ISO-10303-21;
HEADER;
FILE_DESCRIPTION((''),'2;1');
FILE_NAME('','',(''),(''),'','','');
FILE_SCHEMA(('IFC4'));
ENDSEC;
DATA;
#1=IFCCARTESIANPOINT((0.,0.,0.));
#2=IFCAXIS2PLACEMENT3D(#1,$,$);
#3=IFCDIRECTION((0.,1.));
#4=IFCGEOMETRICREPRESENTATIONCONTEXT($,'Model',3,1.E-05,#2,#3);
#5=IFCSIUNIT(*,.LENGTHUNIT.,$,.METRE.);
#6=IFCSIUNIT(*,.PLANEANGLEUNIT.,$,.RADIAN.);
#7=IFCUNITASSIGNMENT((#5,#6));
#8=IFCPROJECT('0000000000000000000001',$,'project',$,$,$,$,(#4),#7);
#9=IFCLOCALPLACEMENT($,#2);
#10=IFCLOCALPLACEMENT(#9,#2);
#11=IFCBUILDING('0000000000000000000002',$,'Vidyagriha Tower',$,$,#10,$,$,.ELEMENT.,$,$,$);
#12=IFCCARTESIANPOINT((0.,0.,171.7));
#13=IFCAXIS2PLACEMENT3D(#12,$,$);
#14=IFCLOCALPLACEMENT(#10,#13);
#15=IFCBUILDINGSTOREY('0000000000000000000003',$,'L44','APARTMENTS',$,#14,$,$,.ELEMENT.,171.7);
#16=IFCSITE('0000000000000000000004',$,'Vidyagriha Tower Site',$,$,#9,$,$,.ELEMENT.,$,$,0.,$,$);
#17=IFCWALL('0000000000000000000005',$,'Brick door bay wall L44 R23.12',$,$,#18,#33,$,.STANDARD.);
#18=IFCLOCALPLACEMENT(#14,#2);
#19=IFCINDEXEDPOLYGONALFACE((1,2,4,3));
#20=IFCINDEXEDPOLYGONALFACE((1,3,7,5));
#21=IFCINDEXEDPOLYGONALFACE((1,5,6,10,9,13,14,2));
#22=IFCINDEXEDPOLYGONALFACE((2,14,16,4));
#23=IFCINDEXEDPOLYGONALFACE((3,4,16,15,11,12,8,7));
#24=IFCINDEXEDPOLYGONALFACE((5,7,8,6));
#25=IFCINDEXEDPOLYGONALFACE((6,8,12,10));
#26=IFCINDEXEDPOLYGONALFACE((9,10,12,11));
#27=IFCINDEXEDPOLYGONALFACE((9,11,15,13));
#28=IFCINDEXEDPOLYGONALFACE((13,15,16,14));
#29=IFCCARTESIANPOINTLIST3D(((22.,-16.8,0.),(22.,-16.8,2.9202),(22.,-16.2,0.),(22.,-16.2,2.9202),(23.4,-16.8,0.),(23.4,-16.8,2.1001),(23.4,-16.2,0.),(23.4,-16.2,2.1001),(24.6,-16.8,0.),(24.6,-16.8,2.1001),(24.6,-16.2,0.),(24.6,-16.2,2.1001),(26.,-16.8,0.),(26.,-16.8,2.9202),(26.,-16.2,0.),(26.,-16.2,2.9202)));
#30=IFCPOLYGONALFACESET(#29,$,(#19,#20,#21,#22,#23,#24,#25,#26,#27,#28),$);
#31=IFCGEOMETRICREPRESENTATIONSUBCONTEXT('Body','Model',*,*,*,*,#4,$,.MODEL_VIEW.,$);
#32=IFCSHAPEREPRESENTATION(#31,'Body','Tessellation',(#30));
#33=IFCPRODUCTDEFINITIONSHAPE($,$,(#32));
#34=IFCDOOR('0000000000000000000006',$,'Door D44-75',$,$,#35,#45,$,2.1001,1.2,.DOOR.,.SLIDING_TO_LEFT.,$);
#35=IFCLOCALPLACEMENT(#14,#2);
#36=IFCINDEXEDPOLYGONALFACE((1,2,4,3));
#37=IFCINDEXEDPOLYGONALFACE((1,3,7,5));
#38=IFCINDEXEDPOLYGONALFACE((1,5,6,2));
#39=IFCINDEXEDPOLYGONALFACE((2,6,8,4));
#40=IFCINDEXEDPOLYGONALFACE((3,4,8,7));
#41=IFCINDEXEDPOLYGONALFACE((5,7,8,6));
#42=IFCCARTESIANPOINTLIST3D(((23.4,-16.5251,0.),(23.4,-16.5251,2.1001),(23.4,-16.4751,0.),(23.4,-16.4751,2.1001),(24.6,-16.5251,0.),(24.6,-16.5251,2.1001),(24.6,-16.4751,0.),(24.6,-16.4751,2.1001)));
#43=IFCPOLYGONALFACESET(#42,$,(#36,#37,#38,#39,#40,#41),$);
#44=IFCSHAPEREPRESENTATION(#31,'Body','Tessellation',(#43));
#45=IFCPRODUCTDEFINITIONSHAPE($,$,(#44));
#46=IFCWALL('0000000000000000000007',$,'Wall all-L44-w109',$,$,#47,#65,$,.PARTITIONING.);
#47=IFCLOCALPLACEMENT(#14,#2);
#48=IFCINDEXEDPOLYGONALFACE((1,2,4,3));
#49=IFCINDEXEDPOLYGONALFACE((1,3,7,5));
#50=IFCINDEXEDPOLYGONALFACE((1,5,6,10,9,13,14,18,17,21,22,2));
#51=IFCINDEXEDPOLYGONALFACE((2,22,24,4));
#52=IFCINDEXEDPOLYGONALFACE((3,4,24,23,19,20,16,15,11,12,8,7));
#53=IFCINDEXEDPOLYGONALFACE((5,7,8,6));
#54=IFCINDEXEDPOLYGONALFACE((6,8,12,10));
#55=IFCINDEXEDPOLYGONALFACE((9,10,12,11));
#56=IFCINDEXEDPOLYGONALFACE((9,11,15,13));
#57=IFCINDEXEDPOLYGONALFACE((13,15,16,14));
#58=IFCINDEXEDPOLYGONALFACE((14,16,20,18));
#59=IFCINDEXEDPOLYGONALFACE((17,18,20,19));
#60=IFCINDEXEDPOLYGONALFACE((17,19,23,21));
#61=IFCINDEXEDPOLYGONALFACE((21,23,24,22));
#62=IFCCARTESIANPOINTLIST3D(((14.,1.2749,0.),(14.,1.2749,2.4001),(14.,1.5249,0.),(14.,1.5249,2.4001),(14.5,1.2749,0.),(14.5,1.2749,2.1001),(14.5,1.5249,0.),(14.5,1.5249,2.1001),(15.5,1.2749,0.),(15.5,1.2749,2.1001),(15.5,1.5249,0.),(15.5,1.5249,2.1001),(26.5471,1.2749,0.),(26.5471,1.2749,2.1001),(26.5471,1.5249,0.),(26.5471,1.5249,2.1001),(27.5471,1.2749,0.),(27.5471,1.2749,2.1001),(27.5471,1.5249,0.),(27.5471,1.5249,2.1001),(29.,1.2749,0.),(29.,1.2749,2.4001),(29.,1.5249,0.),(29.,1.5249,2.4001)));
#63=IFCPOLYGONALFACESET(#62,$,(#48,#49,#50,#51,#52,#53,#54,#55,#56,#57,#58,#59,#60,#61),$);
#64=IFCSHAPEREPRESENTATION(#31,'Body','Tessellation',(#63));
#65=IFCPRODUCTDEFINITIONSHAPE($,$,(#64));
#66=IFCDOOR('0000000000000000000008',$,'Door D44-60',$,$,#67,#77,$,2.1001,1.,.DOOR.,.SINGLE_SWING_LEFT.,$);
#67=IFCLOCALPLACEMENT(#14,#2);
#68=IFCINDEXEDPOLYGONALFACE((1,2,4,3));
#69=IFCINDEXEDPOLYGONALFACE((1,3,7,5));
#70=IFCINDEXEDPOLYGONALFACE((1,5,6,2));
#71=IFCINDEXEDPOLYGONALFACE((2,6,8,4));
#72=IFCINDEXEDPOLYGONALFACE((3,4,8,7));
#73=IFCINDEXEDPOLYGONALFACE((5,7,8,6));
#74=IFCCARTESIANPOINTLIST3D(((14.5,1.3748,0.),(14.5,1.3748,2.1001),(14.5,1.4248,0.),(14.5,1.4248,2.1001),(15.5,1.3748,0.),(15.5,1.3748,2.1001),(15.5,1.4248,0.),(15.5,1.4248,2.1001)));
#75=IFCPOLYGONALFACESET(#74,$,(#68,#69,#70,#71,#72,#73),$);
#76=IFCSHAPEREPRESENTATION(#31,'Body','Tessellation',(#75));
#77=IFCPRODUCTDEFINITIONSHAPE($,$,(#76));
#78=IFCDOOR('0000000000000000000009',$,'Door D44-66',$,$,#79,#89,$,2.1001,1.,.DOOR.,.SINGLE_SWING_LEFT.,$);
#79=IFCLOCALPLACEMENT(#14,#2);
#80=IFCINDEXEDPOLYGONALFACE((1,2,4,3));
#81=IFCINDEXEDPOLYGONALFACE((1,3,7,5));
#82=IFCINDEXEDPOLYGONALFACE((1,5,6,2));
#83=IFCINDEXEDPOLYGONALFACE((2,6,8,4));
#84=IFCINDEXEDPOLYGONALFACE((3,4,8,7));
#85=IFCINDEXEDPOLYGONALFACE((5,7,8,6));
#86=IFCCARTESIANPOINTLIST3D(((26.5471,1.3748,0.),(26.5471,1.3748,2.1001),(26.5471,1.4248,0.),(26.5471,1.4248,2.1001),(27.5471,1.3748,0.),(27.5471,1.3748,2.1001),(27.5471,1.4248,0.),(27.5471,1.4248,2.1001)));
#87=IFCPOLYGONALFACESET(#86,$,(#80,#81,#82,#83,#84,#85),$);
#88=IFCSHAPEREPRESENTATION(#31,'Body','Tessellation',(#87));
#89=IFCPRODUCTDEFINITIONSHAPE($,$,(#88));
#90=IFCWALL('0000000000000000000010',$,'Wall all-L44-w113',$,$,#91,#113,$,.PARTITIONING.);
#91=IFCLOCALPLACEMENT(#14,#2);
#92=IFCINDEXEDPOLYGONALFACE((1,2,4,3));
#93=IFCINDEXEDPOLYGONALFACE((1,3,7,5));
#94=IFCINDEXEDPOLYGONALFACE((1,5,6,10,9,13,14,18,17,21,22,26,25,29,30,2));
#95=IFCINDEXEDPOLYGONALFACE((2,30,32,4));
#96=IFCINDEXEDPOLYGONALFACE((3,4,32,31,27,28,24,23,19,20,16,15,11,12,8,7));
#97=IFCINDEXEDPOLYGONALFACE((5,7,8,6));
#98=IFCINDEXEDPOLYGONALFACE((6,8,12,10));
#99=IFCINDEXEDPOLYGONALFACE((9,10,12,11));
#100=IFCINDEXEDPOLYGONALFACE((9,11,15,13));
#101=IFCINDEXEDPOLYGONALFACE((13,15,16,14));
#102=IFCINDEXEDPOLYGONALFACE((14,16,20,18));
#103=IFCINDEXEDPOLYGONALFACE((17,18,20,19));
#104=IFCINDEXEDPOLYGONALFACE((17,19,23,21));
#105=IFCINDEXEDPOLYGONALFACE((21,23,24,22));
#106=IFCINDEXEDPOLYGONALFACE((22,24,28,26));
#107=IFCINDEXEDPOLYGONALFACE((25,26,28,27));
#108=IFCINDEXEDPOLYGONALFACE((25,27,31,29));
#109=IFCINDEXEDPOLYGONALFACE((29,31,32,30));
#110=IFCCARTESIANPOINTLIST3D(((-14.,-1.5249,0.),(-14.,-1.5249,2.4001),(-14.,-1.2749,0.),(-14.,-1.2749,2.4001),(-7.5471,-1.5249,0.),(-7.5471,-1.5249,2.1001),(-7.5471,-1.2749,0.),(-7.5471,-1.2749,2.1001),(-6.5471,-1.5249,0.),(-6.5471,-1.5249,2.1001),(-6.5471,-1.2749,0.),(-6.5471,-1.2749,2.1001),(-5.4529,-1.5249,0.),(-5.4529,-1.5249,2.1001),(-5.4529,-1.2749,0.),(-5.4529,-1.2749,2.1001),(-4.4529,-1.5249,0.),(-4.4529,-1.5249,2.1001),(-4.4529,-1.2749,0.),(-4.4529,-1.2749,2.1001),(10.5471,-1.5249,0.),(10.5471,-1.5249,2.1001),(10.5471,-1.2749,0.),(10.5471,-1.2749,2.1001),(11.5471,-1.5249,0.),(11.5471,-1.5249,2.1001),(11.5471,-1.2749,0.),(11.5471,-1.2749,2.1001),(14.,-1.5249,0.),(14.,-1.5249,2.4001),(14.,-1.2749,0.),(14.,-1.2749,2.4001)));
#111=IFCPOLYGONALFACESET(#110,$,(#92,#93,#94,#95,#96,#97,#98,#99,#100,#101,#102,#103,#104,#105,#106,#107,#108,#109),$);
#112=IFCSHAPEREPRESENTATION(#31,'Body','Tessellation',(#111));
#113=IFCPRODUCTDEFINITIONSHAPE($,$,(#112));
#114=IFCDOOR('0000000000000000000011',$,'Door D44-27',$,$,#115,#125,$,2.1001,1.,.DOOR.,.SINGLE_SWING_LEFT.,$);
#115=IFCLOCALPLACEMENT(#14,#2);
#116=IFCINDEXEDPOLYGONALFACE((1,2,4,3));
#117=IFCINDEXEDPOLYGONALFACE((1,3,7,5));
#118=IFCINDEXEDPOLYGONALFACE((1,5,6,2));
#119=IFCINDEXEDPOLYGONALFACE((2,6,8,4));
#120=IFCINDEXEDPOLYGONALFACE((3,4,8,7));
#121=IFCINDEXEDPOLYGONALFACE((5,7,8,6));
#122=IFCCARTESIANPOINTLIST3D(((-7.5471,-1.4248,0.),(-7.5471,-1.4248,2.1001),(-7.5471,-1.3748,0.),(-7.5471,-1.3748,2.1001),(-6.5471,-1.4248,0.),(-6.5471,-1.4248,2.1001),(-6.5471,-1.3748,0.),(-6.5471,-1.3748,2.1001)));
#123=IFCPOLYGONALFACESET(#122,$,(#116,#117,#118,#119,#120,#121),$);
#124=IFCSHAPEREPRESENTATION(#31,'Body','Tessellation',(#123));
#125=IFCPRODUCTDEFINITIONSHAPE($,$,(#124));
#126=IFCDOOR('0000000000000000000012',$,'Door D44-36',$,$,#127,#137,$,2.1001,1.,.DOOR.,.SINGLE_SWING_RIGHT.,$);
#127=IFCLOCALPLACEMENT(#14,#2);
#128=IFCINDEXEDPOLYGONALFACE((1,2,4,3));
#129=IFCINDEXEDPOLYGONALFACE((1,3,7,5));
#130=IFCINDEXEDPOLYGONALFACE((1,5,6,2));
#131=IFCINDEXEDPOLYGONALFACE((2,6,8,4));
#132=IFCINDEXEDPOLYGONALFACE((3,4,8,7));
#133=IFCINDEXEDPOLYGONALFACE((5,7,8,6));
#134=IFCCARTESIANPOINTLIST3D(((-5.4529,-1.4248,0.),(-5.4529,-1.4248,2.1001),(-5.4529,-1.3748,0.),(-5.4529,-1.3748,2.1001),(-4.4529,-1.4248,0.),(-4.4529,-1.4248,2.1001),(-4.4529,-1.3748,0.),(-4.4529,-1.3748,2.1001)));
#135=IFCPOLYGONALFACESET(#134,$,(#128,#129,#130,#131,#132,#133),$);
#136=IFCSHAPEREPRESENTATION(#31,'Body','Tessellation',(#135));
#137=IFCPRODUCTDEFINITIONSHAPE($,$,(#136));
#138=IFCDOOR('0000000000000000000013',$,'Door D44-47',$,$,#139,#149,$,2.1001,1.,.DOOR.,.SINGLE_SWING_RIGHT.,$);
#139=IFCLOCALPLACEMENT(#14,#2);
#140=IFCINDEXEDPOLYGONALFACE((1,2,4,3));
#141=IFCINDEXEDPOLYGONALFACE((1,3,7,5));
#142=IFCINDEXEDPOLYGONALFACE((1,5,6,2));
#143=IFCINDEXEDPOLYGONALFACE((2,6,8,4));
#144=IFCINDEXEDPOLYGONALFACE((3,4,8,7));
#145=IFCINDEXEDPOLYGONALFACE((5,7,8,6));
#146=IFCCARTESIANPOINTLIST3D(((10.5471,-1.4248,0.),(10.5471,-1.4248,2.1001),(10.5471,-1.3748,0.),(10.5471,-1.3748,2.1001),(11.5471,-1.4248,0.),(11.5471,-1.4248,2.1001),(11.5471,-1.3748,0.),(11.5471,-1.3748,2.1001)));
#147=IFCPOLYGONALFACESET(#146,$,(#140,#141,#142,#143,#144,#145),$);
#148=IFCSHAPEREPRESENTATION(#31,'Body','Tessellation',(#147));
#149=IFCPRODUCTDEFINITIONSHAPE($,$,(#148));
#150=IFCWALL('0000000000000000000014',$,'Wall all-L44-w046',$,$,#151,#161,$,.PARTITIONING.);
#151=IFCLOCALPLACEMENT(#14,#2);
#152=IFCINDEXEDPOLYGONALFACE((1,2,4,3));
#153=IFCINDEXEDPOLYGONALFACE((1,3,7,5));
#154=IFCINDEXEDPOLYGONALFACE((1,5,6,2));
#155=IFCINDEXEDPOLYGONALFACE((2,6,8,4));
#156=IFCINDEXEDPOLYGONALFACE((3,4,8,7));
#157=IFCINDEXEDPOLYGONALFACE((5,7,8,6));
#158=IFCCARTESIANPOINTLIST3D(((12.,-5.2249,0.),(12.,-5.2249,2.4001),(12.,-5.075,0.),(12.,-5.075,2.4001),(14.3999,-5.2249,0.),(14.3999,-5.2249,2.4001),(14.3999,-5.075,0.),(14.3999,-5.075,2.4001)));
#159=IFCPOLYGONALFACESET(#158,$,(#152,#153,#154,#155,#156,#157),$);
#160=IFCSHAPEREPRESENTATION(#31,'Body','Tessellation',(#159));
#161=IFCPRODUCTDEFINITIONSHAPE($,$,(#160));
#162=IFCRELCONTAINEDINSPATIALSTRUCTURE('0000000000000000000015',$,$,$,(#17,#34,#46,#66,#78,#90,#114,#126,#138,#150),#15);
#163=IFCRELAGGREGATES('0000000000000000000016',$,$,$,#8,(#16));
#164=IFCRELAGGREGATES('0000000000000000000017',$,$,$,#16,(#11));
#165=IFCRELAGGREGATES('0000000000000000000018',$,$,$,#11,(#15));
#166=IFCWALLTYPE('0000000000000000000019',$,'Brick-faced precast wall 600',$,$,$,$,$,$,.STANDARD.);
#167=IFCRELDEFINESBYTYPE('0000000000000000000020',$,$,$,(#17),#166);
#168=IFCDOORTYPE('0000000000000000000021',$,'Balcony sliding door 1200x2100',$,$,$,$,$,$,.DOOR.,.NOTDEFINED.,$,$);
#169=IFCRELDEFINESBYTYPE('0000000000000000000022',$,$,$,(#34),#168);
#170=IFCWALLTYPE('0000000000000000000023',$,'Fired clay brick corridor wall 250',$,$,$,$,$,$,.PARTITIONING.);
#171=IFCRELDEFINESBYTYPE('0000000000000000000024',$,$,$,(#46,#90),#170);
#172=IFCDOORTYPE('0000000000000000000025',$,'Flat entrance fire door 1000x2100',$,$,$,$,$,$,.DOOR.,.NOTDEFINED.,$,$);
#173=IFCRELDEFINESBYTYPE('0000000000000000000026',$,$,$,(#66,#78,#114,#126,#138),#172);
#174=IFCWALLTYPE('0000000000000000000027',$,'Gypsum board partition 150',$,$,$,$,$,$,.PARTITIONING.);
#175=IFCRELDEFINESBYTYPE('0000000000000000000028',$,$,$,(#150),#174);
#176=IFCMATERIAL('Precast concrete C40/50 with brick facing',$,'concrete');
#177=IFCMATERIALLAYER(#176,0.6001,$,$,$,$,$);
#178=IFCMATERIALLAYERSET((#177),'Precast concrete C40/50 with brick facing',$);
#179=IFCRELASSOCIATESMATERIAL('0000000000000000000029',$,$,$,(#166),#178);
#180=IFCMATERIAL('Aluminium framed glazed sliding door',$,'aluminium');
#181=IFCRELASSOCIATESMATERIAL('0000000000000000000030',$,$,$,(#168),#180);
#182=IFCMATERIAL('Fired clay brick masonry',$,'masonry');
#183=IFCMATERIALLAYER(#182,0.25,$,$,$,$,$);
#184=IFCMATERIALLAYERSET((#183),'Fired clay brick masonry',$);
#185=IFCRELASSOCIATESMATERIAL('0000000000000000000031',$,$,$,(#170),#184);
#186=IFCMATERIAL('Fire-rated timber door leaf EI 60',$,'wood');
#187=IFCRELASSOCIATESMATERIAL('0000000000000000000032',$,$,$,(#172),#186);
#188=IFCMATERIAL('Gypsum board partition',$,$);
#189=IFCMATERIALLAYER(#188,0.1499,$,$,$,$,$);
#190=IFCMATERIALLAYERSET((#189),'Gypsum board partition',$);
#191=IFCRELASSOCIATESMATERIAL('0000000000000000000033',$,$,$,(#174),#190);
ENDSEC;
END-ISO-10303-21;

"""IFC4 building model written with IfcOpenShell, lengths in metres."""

from ifc_helpers import new_model, si_unit, direction, frame, frame_2d, origin, place, context, subcontext, project, spatial, rectangle, extrude, material, layer, layer_set, type_object, element, fill, save


model = new_model("IFC4")

# Units and contexts
model_context = context("Model", 3, precision=1e-05, world=origin(), true_north=direction((0.0, 1.0)))
body_context = subcontext(model_context, "Body", "Model", "MODEL_VIEW")
ifc_project = project(units=[si_unit("LENGTHUNIT", "METRE"), si_unit("PLANEANGLEUNIT", "RADIAN")], contexts=[model_context])

# Site, building, storey
site_placement = place(None, origin())
site = spatial("IfcSite", under=ifc_project, at=site_placement, Name="Vidyagriha Tower Site", CompositionType="ELEMENT", RefElevation=0.0)
building_placement = place(site_placement, origin())
building = spatial("IfcBuilding", under=site, at=building_placement, Name="Vidyagriha Tower", CompositionType="ELEMENT")
storey_placement = place(building_placement, frame((0.0, 0.0, 171.7)))
storey = spatial("IfcBuildingStorey", under=building, at=storey_placement, Name="L44", Description="APARTMENTS", CompositionType="ELEMENT", Elevation=171.7)

# Wall, opening, door
ifc_material_1 = material(Name="Precast concrete C40/50 with brick facing", Category="concrete")
ifc_layer_1 = layer(ifc_material_1, 0.6001)
ifc_layer_set_1 = layer_set([ifc_layer_1], Name="Precast concrete C40/50 with brick facing")
wall_type_1 = type_object("IfcWallType", Name="Brick-faced precast wall 600", PredefinedType="STANDARD", material=ifc_layer_set_1)
ifc_material_2 = material(Name="Aluminium framed glazed sliding door", Category="aluminium")
door_type_1 = type_object("IfcDoorType", Name="Balcony sliding door 1200x2100", OperationType="NOTDEFINED", PredefinedType="DOOR", material=ifc_material_2)
wall_1_placement = place(storey_placement, frame((22.0, -16.5, 0.0)))
wall_1 = element("IfcWall", 1, at=wall_1_placement, inside=storey, type_object=wall_type_1, Name="Brick door bay wall L44 R23.12", PredefinedType="STANDARD", context=body_context, shape_type="SweptSolid", body=[
    extrude(rectangle(XDim=4.0, YDim=0.6001, at=frame_2d((2.0, 0.0))), origin(), (0.0, 0.0, 1.0), 2.9202),
])
opening_1_placement = place(wall_1_placement, frame((1.3999, 0.0, 0.0)))
opening_1 = element("IfcOpeningElement", 2, at=opening_1_placement, cuts=wall_1, PredefinedType="OPENING", context=body_context, shape_type="SweptSolid", body=[
    extrude(rectangle(XDim=1.2, YDim=2.1001, at=frame_2d((0.6001, 1.05))), frame((0.0, 0.3101, 0.0), z_axis=(0.0, -1.0, 0.0), x_axis=(1.0, 0.0, 0.0)), (0.0, 0.0, 1.0), 0.6201),
])
door_1_placement = place(opening_1_placement, origin())
door_1 = element("IfcDoor", 3, at=door_1_placement, inside=storey, type_object=door_type_1, Name="Door D44-75", OperationType="SLIDING_TO_LEFT", OverallHeight=2.1001, OverallWidth=1.2, PredefinedType="DOOR", context=body_context, shape_type="SweptSolid", body=[
    extrude(rectangle(XDim=1.2, YDim=2.1001, at=frame_2d((0.6001, 1.05))), frame((0.0, 0.0249, 0.0), z_axis=(0.0, -1.0, 0.0), x_axis=(1.0, 0.0, 0.0)), (0.0, 0.0, 1.0), 0.05),
])
fill(opening_1, door_1)

# Walls, openings, doors
ifc_material_3 = material(Name="Fired clay brick masonry", Category="masonry")
ifc_layer_2 = layer(ifc_material_3, 0.25)
ifc_layer_set_2 = layer_set([ifc_layer_2], Name="Fired clay brick masonry")
wall_type_2 = type_object("IfcWallType", Name="Fired clay brick corridor wall 250", PredefinedType="PARTITIONING", material=ifc_layer_set_2)
wall_2_placement = place(storey_placement, frame((14.0, 1.3999, 0.0)))
wall_2 = element("IfcWall", 4, at=wall_2_placement, inside=storey, type_object=wall_type_2, Name="Wall all-L44-w109", PredefinedType="PARTITIONING", context=body_context, shape_type="SweptSolid", body=[
    extrude(rectangle(XDim=15.0, YDim=0.25, at=frame_2d((7.5, 0.0))), origin(), (0.0, 0.0, 1.0), 2.4001),
])
opening_2_placement = place(wall_2_placement, frame((0.5, 0.0, 0.0)))
opening_2 = element("IfcOpeningElement", 5, at=opening_2_placement, cuts=wall_2, PredefinedType="OPENING", context=body_context, shape_type="SweptSolid", body=[
    extrude(rectangle(XDim=1.0, YDim=2.1001, at=frame_2d((0.5, 1.05))), frame((0.0, 0.135, 0.0), z_axis=(0.0, -1.0, 0.0), x_axis=(1.0, 0.0, 0.0)), (0.0, 0.0, 1.0), 0.27),
])
opening_3_placement = place(wall_2_placement, frame((12.5471, 0.0, 0.0)))
opening_3 = element("IfcOpeningElement", 6, at=opening_3_placement, cuts=wall_2, PredefinedType="OPENING", context=body_context, shape_type="SweptSolid", body=[
    extrude(rectangle(XDim=1.0, YDim=2.1001, at=frame_2d((0.5, 1.05))), frame((0.0, 0.135, 0.0), z_axis=(0.0, -1.0, 0.0), x_axis=(1.0, 0.0, 0.0)), (0.0, 0.0, 1.0), 0.27),
])
ifc_material_4 = material(Name="Fire-rated timber door leaf EI 60", Category="wood")
door_type_2 = type_object("IfcDoorType", Name="Flat entrance fire door 1000x2100", OperationType="NOTDEFINED", PredefinedType="DOOR", material=ifc_material_4)
door_2_placement = place(opening_2_placement, origin())
door_2 = element("IfcDoor", 7, at=door_2_placement, inside=storey, type_object=door_type_2, Name="Door D44-60", OperationType="SINGLE_SWING_LEFT", OverallHeight=2.1001, OverallWidth=1.0, PredefinedType="DOOR", context=body_context, shape_type="SweptSolid", body=[
    extrude(rectangle(XDim=1.0, YDim=2.1001, at=frame_2d((0.5, 1.05))), frame((0.0, 0.0249, 0.0), z_axis=(0.0, -1.0, 0.0), x_axis=(1.0, 0.0, 0.0)), (0.0, 0.0, 1.0), 0.05),
])
fill(opening_2, door_2)
door_3_placement = place(opening_3_placement, origin())
door_3 = element("IfcDoor", 8, at=door_3_placement, inside=storey, type_object=door_type_2, Name="Door D44-66", OperationType="SINGLE_SWING_LEFT", OverallHeight=2.1001, OverallWidth=1.0, PredefinedType="DOOR", context=body_context, shape_type="SweptSolid", body=[
    extrude(rectangle(XDim=1.0, YDim=2.1001, at=frame_2d((0.5, 1.05))), frame((0.0, 0.0249, 0.0), z_axis=(0.0, -1.0, 0.0), x_axis=(1.0, 0.0, 0.0)), (0.0, 0.0, 1.0), 0.05),
])
fill(opening_3, door_3)
wall_3_placement = place(storey_placement, frame((14.0, -1.3999, 0.0), z_axis=(0.0, 0.0, 1.0), x_axis=(-1.0, 0.0, 0.0)))
wall_3 = element("IfcWall", 9, at=wall_3_placement, inside=storey, type_object=wall_type_2, Name="Wall all-L44-w113", PredefinedType="PARTITIONING", context=body_context, shape_type="SweptSolid", body=[
    extrude(rectangle(XDim=28.0, YDim=0.25, at=frame_2d((14.0, 0.0))), origin(), (0.0, 0.0, 1.0), 2.4001),
])
opening_4_placement = place(wall_3_placement, frame((20.5471, 0.0, 0.0)))
opening_4 = element("IfcOpeningElement", 10, at=opening_4_placement, cuts=wall_3, PredefinedType="OPENING", context=body_context, shape_type="SweptSolid", body=[
    extrude(rectangle(XDim=1.0, YDim=2.1001, at=frame_2d((0.5, 1.05))), frame((0.0, 0.135, 0.0), z_axis=(0.0, -1.0, 0.0), x_axis=(1.0, 0.0, 0.0)), (0.0, 0.0, 1.0), 0.27),
])
opening_5_placement = place(wall_3_placement, frame((18.4529, 0.0, 0.0)))
opening_5 = element("IfcOpeningElement", 11, at=opening_5_placement, cuts=wall_3, PredefinedType="OPENING", context=body_context, shape_type="SweptSolid", body=[
    extrude(rectangle(XDim=1.0, YDim=2.1001, at=frame_2d((0.5, 1.05))), frame((0.0, 0.135, 0.0), z_axis=(0.0, -1.0, 0.0), x_axis=(1.0, 0.0, 0.0)), (0.0, 0.0, 1.0), 0.27),
])
opening_6_placement = place(wall_3_placement, frame((2.4529, 0.0, 0.0)))
opening_6 = element("IfcOpeningElement", 12, at=opening_6_placement, cuts=wall_3, PredefinedType="OPENING", context=body_context, shape_type="SweptSolid", body=[
    extrude(rectangle(XDim=1.0, YDim=2.1001, at=frame_2d((0.5, 1.05))), frame((0.0, 0.135, 0.0), z_axis=(0.0, -1.0, 0.0), x_axis=(1.0, 0.0, 0.0)), (0.0, 0.0, 1.0), 0.27),
])
door_4_placement = place(opening_4_placement, origin())
door_4 = element("IfcDoor", 13, at=door_4_placement, inside=storey, type_object=door_type_2, Name="Door D44-27", OperationType="SINGLE_SWING_LEFT", OverallHeight=2.1001, OverallWidth=1.0, PredefinedType="DOOR", context=body_context, shape_type="SweptSolid", body=[
    extrude(rectangle(XDim=1.0, YDim=2.1001, at=frame_2d((0.5, 1.05))), frame((0.0, 0.0249, 0.0), z_axis=(0.0, -1.0, 0.0), x_axis=(1.0, 0.0, 0.0)), (0.0, 0.0, 1.0), 0.05),
])
fill(opening_4, door_4)
door_5_placement = place(opening_5_placement, origin())
door_5 = element("IfcDoor", 14, at=door_5_placement, inside=storey, type_object=door_type_2, Name="Door D44-36", OperationType="SINGLE_SWING_RIGHT", OverallHeight=2.1001, OverallWidth=1.0, PredefinedType="DOOR", context=body_context, shape_type="SweptSolid", body=[
    extrude(rectangle(XDim=1.0, YDim=2.1001, at=frame_2d((0.5, 1.05))), frame((0.0, 0.0249, 0.0), z_axis=(0.0, -1.0, 0.0), x_axis=(1.0, 0.0, 0.0)), (0.0, 0.0, 1.0), 0.05),
])
fill(opening_5, door_5)
door_6_placement = place(opening_6_placement, origin())
door_6 = element("IfcDoor", 15, at=door_6_placement, inside=storey, type_object=door_type_2, Name="Door D44-47", OperationType="SINGLE_SWING_RIGHT", OverallHeight=2.1001, OverallWidth=1.0, PredefinedType="DOOR", context=body_context, shape_type="SweptSolid", body=[
    extrude(rectangle(XDim=1.0, YDim=2.1001, at=frame_2d((0.5, 1.05))), frame((0.0, 0.0249, 0.0), z_axis=(0.0, -1.0, 0.0), x_axis=(1.0, 0.0, 0.0)), (0.0, 0.0, 1.0), 0.05),
])
fill(opening_6, door_6)

# Wall
ifc_material_5 = material(Name="Gypsum board partition")
ifc_layer_3 = layer(ifc_material_5, 0.1499)
ifc_layer_set_3 = layer_set([ifc_layer_3], Name="Gypsum board partition")
wall_type_3 = type_object("IfcWallType", Name="Gypsum board partition 150", PredefinedType="PARTITIONING", material=ifc_layer_set_3)
wall_4_placement = place(storey_placement, frame((14.3999, -5.1499, 0.0), z_axis=(0.0, 0.0, 1.0), x_axis=(-1.0, 0.0, 0.0)))
element("IfcWall", 16, at=wall_4_placement, inside=storey, type_object=wall_type_3, Name="Wall all-L44-w046", PredefinedType="PARTITIONING", context=body_context, shape_type="SweptSolid", body=[
    extrude(rectangle(XDim=2.3999, YDim=0.1499, at=frame_2d((1.2, 0.0))), origin(), (0.0, 0.0, 1.0), 2.4001),
])

save(model, "model.ifc")
